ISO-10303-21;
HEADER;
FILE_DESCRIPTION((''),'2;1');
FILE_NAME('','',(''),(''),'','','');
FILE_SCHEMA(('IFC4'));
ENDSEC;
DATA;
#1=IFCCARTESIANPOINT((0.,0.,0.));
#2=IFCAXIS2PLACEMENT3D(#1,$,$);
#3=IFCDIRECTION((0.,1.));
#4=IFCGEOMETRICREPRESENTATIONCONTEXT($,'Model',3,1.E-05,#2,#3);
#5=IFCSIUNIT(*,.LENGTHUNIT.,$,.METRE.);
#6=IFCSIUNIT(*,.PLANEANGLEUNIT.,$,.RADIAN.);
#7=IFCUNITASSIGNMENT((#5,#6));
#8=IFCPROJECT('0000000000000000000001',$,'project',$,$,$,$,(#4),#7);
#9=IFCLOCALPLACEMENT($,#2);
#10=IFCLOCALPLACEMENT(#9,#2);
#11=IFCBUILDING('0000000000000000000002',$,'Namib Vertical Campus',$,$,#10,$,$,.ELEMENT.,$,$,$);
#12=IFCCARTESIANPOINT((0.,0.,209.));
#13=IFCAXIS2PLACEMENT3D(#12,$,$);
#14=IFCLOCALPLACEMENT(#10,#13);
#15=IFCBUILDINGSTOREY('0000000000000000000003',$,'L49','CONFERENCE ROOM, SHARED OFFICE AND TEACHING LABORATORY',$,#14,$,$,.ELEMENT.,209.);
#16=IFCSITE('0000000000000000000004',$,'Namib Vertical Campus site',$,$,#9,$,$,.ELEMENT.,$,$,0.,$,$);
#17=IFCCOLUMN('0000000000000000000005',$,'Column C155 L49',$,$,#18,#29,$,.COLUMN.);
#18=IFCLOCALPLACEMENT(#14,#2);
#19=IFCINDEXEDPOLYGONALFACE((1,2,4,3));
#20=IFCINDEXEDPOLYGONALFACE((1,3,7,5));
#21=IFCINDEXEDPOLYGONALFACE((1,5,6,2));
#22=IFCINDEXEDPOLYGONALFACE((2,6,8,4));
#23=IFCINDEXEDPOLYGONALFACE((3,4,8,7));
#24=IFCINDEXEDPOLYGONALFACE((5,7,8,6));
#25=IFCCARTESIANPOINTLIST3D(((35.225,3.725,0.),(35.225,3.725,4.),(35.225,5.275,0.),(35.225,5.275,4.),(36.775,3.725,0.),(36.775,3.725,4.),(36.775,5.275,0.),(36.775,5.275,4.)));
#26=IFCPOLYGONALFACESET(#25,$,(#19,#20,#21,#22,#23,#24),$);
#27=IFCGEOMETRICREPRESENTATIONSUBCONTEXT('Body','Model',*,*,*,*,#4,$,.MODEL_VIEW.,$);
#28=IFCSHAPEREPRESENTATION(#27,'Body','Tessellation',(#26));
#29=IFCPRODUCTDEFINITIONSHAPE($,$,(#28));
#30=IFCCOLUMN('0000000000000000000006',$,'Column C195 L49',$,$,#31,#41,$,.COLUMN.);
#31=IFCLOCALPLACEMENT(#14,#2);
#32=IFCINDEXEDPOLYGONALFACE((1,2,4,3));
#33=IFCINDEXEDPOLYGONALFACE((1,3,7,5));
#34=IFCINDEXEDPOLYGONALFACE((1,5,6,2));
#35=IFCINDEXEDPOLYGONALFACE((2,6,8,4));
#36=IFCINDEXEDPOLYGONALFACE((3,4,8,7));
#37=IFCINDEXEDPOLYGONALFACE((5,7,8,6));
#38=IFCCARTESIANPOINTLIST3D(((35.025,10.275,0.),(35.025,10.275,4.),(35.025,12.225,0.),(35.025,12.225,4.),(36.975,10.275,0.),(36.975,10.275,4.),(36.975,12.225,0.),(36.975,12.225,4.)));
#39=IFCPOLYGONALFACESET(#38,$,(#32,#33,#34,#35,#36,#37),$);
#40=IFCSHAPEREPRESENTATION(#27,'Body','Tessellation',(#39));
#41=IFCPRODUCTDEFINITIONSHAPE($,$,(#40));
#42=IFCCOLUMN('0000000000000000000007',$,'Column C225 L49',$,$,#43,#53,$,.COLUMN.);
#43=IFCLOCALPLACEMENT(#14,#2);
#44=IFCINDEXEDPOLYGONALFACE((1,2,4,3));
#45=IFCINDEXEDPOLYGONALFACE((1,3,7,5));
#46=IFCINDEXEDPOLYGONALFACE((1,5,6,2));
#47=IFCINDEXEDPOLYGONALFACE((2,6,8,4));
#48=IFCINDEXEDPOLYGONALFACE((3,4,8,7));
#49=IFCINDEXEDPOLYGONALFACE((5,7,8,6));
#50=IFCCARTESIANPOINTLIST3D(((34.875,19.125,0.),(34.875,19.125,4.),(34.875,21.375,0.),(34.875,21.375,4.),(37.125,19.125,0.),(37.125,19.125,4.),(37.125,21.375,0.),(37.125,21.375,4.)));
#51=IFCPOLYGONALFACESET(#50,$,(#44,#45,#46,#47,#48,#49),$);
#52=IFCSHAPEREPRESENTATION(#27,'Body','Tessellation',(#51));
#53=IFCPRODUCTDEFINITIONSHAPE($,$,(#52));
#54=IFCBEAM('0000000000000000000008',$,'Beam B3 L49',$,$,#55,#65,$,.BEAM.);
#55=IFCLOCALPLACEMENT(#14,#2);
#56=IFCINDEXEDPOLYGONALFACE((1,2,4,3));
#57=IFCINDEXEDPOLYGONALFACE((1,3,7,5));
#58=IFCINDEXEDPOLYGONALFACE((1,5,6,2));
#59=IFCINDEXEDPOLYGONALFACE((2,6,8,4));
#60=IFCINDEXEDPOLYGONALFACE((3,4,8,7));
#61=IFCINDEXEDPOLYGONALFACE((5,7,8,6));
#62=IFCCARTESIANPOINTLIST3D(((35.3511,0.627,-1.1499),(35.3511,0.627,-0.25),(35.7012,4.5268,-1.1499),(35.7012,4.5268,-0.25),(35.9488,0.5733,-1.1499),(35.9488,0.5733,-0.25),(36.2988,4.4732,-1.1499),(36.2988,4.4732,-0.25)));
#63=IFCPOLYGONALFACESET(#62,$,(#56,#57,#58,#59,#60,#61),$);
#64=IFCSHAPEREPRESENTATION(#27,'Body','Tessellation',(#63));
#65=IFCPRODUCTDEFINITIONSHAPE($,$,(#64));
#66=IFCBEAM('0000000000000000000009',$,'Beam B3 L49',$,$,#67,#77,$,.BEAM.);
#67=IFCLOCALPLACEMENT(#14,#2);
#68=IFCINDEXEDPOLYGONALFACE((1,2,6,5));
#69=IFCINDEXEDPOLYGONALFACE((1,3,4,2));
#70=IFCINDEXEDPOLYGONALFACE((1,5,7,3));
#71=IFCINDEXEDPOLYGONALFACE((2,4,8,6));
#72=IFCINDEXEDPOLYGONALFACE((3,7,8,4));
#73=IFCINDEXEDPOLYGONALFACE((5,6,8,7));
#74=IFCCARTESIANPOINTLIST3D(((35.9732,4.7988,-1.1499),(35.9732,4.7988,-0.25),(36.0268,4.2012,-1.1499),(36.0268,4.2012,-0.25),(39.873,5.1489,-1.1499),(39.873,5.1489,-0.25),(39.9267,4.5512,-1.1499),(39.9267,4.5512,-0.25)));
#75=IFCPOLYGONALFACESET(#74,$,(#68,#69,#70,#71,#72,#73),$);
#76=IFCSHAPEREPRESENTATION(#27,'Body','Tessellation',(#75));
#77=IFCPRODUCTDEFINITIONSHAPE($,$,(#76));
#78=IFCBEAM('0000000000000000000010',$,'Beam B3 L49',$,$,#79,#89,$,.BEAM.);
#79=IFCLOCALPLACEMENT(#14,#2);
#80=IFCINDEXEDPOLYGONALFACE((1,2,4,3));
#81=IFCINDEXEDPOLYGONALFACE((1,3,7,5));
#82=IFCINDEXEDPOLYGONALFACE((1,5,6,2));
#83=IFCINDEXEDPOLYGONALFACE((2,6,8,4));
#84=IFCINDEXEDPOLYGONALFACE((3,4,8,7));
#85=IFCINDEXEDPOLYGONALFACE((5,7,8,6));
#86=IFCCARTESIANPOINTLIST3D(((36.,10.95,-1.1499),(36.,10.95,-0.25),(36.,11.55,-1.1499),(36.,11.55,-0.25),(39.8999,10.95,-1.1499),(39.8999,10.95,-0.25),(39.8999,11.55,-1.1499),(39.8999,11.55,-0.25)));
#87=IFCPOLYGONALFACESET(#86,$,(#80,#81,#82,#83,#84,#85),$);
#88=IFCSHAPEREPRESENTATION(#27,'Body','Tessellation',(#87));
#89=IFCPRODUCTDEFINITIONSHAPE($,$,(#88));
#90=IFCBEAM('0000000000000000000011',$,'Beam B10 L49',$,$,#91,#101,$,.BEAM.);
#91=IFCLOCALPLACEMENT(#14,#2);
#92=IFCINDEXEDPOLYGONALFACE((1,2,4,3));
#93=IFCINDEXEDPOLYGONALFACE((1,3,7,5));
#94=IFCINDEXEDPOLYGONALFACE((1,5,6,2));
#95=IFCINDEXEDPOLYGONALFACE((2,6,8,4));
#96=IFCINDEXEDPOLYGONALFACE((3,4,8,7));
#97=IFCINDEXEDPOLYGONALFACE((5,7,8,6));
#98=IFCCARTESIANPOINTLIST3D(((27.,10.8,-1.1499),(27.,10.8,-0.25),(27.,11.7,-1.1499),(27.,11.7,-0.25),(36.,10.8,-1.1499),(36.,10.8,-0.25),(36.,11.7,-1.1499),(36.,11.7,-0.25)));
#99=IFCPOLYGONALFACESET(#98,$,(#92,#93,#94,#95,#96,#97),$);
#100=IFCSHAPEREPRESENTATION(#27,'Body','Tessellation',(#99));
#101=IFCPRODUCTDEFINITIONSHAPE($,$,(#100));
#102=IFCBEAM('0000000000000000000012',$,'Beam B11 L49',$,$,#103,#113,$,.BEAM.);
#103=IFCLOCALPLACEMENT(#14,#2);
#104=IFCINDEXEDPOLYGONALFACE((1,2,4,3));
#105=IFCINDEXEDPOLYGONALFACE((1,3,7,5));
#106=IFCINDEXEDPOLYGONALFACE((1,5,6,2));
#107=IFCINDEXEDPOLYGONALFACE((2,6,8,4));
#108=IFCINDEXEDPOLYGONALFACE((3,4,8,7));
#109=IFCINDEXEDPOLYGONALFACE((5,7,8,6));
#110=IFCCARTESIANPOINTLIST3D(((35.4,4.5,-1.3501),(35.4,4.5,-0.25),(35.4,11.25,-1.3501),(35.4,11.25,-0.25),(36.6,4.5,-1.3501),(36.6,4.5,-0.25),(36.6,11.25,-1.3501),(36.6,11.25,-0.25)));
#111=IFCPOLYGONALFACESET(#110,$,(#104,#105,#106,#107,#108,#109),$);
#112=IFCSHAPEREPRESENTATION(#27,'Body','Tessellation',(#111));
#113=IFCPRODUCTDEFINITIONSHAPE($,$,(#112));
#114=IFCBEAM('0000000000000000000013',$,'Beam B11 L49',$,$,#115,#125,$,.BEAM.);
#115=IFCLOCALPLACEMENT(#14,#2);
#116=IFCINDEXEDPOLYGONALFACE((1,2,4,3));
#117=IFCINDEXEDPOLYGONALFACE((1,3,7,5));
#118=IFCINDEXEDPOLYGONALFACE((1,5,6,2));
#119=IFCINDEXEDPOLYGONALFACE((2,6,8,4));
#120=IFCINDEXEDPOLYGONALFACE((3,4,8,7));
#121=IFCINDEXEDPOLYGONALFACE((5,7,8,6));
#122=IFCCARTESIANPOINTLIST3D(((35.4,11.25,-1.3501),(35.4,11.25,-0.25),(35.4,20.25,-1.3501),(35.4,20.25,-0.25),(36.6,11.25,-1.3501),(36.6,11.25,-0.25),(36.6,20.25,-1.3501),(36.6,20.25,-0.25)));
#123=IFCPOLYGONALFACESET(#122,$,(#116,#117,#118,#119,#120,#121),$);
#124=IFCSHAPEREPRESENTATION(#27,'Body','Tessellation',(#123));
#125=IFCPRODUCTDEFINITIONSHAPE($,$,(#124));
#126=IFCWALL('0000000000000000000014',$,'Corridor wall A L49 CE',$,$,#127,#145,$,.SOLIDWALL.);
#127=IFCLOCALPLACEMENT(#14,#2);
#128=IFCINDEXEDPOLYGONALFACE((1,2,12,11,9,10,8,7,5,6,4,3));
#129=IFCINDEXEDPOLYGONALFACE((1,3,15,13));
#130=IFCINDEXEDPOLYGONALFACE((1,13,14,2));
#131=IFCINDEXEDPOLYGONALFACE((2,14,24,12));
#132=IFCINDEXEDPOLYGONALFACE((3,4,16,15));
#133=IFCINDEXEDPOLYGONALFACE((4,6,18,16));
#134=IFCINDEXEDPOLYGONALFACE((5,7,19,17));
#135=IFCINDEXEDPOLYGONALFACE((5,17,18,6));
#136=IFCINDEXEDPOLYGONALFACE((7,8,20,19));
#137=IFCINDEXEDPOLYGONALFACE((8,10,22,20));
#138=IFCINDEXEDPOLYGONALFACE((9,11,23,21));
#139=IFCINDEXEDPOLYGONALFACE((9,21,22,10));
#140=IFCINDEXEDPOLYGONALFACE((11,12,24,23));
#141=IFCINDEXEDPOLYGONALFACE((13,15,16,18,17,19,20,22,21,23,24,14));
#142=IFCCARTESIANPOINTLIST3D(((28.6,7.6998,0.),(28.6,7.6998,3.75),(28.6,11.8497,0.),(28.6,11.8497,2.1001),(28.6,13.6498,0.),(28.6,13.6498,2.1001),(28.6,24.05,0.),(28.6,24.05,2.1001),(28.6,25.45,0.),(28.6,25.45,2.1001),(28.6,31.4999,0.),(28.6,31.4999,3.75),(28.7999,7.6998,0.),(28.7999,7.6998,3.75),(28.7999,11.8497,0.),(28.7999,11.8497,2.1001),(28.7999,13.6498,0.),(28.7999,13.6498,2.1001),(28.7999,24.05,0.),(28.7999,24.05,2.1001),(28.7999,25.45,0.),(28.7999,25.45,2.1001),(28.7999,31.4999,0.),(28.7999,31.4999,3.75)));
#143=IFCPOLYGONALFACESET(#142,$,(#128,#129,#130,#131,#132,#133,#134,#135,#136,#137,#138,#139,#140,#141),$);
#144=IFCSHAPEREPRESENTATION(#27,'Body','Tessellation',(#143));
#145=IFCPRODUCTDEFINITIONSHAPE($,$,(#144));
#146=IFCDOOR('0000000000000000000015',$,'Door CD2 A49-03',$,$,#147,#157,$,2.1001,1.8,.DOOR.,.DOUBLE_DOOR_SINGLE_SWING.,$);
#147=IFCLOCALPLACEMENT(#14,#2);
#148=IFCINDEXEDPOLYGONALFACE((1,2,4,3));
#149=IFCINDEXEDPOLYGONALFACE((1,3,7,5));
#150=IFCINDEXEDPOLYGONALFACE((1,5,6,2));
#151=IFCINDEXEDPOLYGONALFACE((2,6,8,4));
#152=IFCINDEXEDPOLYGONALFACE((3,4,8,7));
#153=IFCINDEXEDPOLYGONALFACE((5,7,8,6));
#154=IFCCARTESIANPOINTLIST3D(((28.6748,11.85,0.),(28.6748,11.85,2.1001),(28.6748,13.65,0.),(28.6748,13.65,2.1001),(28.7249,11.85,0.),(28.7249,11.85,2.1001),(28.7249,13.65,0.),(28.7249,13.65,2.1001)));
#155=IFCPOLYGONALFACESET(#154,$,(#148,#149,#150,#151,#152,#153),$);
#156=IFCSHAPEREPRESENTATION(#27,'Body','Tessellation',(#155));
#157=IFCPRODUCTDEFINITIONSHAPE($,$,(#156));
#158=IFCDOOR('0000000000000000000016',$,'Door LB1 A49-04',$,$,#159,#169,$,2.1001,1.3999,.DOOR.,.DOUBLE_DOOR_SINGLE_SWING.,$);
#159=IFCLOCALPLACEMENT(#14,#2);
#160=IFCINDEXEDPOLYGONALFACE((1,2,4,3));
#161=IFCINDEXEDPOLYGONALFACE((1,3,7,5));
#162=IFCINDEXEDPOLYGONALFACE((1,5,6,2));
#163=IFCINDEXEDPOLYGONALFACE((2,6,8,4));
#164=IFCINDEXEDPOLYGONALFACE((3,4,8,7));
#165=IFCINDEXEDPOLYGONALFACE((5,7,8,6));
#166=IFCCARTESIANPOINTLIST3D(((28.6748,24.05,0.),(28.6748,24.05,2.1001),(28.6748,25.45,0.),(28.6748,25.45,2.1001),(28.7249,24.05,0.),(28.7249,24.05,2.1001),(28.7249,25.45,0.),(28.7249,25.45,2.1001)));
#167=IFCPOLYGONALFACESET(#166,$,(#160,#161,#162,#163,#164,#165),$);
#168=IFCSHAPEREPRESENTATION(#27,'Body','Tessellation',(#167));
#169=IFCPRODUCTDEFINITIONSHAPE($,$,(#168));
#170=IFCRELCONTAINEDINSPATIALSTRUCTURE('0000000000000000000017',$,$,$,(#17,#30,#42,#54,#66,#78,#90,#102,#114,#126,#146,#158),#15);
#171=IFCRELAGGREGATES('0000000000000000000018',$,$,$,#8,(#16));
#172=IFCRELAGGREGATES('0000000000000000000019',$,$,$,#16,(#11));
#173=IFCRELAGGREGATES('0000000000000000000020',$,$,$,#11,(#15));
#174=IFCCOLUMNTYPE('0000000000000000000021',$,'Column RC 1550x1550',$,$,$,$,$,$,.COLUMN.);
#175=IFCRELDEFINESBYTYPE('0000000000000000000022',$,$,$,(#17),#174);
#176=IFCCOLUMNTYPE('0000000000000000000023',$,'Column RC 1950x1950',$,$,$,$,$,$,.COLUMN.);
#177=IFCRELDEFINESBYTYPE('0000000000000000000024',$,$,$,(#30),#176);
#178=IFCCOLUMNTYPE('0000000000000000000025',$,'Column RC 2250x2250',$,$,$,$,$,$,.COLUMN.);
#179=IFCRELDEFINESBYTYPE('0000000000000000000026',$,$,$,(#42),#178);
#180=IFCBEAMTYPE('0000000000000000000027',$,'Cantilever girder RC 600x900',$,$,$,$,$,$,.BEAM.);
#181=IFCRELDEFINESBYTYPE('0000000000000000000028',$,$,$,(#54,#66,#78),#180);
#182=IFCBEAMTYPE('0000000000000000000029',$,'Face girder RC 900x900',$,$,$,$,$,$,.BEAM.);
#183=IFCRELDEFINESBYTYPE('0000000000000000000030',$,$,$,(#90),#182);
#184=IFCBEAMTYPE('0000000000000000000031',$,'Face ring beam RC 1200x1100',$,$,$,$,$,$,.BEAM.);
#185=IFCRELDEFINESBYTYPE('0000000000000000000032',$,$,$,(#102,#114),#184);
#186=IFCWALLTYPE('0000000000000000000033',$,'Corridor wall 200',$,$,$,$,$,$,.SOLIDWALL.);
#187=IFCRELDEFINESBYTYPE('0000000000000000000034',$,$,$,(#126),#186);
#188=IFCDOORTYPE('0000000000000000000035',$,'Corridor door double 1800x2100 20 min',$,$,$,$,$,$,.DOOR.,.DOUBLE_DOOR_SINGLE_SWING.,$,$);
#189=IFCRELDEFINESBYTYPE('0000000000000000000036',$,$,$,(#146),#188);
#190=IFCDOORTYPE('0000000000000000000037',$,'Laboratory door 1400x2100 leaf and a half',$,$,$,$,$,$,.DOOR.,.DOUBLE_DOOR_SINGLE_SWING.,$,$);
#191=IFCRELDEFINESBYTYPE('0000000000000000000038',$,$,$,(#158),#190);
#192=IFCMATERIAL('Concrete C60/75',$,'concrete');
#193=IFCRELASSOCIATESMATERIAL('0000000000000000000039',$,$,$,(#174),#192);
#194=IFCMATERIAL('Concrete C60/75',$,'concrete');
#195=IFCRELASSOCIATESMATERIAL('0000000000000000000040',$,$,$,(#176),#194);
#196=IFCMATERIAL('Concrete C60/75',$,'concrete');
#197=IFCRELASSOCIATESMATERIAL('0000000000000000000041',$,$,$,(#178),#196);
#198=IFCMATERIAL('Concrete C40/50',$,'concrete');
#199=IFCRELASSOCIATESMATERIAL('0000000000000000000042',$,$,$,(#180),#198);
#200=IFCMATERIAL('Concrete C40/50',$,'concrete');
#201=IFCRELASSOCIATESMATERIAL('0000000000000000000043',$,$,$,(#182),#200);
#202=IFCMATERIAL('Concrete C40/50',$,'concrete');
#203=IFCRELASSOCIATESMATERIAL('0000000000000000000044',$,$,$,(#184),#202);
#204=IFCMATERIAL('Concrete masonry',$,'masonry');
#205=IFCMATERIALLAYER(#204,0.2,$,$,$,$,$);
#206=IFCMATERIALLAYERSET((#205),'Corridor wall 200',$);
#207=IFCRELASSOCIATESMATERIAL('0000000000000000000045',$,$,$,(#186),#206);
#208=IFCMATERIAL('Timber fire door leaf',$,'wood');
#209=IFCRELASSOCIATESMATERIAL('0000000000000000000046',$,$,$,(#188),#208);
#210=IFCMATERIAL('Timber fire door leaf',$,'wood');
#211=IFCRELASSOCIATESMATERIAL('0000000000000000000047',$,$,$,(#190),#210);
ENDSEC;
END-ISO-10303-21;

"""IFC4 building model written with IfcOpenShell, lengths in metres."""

from ifc_helpers import new_model, si_unit, direction, frame, frame_2d, origin, origin_2d, place, context, subcontext, project, spatial, rectangle, extrude, material, layer, layer_set, material_profile, profile_set, type_object, element, fill, save


model = new_model("IFC4")

# Units and contexts
model_context = context("Model", 3, precision=1e-05, world=origin(), true_north=direction((0.0, 1.0)))
body_context = subcontext(model_context, "Body", "Model", "MODEL_VIEW")
ifc_project = project(units=[si_unit("LENGTHUNIT", "METRE"), si_unit("PLANEANGLEUNIT", "RADIAN")], contexts=[model_context])

# Site, building, storey
site_placement = place(None, origin())
site = spatial("IfcSite", under=ifc_project, at=site_placement, Name="Namib Vertical Campus site", CompositionType="ELEMENT", RefElevation=0.0)
building_placement = place(site_placement, origin())
building = spatial("IfcBuilding", under=site, at=building_placement, Name="Namib Vertical Campus", CompositionType="ELEMENT")
storey_placement = place(building_placement, frame((0.0, 0.0, 209.0)))
storey = spatial("IfcBuildingStorey", under=building, at=storey_placement, Name="L49", Description="CONFERENCE ROOM, SHARED OFFICE AND TEACHING LABORATORY", CompositionType="ELEMENT", Elevation=209.0)

# Columns
ifc_material_1 = material(Name="Concrete C60/75", Category="concrete")
ifc_material_profile_1 = material_profile(ifc_material_1, rectangle(XDim=1.55, YDim=1.55, at=origin_2d()))
ifc_profile_set_1 = profile_set([ifc_material_profile_1], Name="Concrete C60/75")
column_type_1 = type_object("IfcColumnType", Name="Column RC 1550x1550", PredefinedType="COLUMN", material=ifc_profile_set_1)
column_1_placement = place(storey_placement, frame((36.0, 4.5, 0.0), z_axis=(0.0, 0.0, 1.0), x_axis=(1.0, 0.0, 0.0)))
element("IfcColumn", 1, at=column_1_placement, inside=storey, type_object=column_type_1, Name="Column C155 L49", PredefinedType="COLUMN", context=body_context, shape_type="SweptSolid", body=[
    extrude(rectangle(XDim=1.55, YDim=1.55, at=origin_2d()), origin(), (0.0, 0.0, 1.0), 4.0),
])
ifc_material_2 = material(Name="Concrete C60/75", Category="concrete")
ifc_material_profile_2 = material_profile(ifc_material_2, rectangle(XDim=1.95, YDim=1.95, at=origin_2d()))
ifc_profile_set_2 = profile_set([ifc_material_profile_2], Name="Concrete C60/75")
column_type_2 = type_object("IfcColumnType", Name="Column RC 1950x1950", PredefinedType="COLUMN", material=ifc_profile_set_2)
column_2_placement = place(storey_placement, frame((36.0, 11.25, 0.0), z_axis=(0.0, 0.0, 1.0), x_axis=(1.0, 0.0, 0.0)))
element("IfcColumn", 2, at=column_2_placement, inside=storey, type_object=column_type_2, Name="Column C195 L49", PredefinedType="COLUMN", context=body_context, shape_type="SweptSolid", body=[
    extrude(rectangle(XDim=1.95, YDim=1.95, at=origin_2d()), origin(), (0.0, 0.0, 1.0), 4.0),
])
ifc_material_3 = material(Name="Concrete C60/75", Category="concrete")
ifc_material_profile_3 = material_profile(ifc_material_3, rectangle(XDim=2.25, YDim=2.25, at=origin_2d()))
ifc_profile_set_3 = profile_set([ifc_material_profile_3], Name="Concrete C60/75")
column_type_3 = type_object("IfcColumnType", Name="Column RC 2250x2250", PredefinedType="COLUMN", material=ifc_profile_set_3)
column_3_placement = place(storey_placement, frame((36.0, 20.25, 0.0), z_axis=(0.0, 0.0, 1.0), x_axis=(1.0, 0.0, 0.0)))
element("IfcColumn", 3, at=column_3_placement, inside=storey, type_object=column_type_3, Name="Column C225 L49", PredefinedType="COLUMN", context=body_context, shape_type="SweptSolid", body=[
    extrude(rectangle(XDim=2.25, YDim=2.25, at=origin_2d()), origin(), (0.0, 0.0, 1.0), 4.0),
])

# Beams
ifc_material_4 = material(Name="Concrete C40/50", Category="concrete")
ifc_material_profile_4 = material_profile(ifc_material_4, rectangle(XDim=0.6001, YDim=0.8999, at=origin_2d()))
ifc_profile_set_4 = profile_set([ifc_material_profile_4], Name="Concrete C40/50")
beam_type_1 = type_object("IfcBeamType", Name="Cantilever girder RC 600x900", PredefinedType="BEAM", material=ifc_profile_set_4)
for number, where, z_axis, x_axis, name in (
    (4, (36.0, 4.5, -0.7), (-0.089411, -0.995995, 0.0), (0.995995, -0.089411, 0.0), "Beam B3 L49"),
    (5, (36.0, 4.5, -0.7), (0.995995, 0.089411, 0.0), (-0.089411, 0.995995, 0.0), "Beam B3 L49"),
):
    element("IfcBeam", number, at=place(storey_placement, frame(where, z_axis=z_axis, x_axis=x_axis)), inside=storey, type_object=beam_type_1, Name=name, PredefinedType="BEAM", context=body_context, shape_type="SweptSolid", body=[
        extrude(rectangle(XDim=0.6001, YDim=0.8999, at=origin_2d()), origin(), (0.0, 0.0, 1.0), 3.9155),
    ])
beam_1_placement = place(storey_placement, frame((36.0, 11.25, -0.7), z_axis=(1.0, 0.0, 0.0), x_axis=(0.0, 1.0, 0.0)))
element("IfcBeam", 6, at=beam_1_placement, inside=storey, type_object=beam_type_1, Name="Beam B3 L49", PredefinedType="BEAM", context=body_context, shape_type="SweptSolid", body=[
    extrude(rectangle(XDim=0.6001, YDim=0.8999, at=origin_2d()), origin(), (0.0, 0.0, 1.0), 3.8999),
])
ifc_material_5 = material(Name="Concrete C40/50", Category="concrete")
ifc_material_profile_5 = material_profile(ifc_material_5, rectangle(XDim=0.8999, YDim=0.8999, at=origin_2d()))
ifc_profile_set_5 = profile_set([ifc_material_profile_5], Name="Concrete C40/50")
beam_type_2 = type_object("IfcBeamType", Name="Face girder RC 900x900", PredefinedType="BEAM", material=ifc_profile_set_5)
beam_2_placement = place(storey_placement, frame((36.0, 11.25, -0.7), z_axis=(-1.0, 0.0, 0.0), x_axis=(0.0, -1.0, 0.0)))
element("IfcBeam", 7, at=beam_2_placement, inside=storey, type_object=beam_type_2, Name="Beam B10 L49", PredefinedType="BEAM", context=body_context, shape_type="SweptSolid", body=[
    extrude(rectangle(XDim=0.8999, YDim=0.8999, at=origin_2d()), origin(), (0.0, 0.0, 1.0), 9.0),
])
ifc_material_6 = material(Name="Concrete C40/50", Category="concrete")
ifc_material_profile_6 = material_profile(ifc_material_6, rectangle(XDim=1.2, YDim=1.1001, at=origin_2d()))
ifc_profile_set_6 = profile_set([ifc_material_profile_6], Name="Concrete C40/50")
beam_type_3 = type_object("IfcBeamType", Name="Face ring beam RC 1200x1100", PredefinedType="BEAM", material=ifc_profile_set_6)
beam_3_placement = place(storey_placement, frame((36.0, 4.5, -0.8), z_axis=(0.0, 1.0, 0.0), x_axis=(-1.0, 0.0, 0.0)))
element("IfcBeam", 8, at=beam_3_placement, inside=storey, type_object=beam_type_3, Name="Beam B11 L49", PredefinedType="BEAM", context=body_context, shape_type="SweptSolid", body=[
    extrude(rectangle(XDim=1.2, YDim=1.1001, at=origin_2d()), origin(), (0.0, 0.0, 1.0), 6.75),
])
beam_4_placement = place(storey_placement, frame((36.0, 11.25, -0.8), z_axis=(0.0, 1.0, 0.0), x_axis=(-1.0, 0.0, 0.0)))
element("IfcBeam", 9, at=beam_4_placement, inside=storey, type_object=beam_type_3, Name="Beam B11 L49", PredefinedType="BEAM", context=body_context, shape_type="SweptSolid", body=[
    extrude(rectangle(XDim=1.2, YDim=1.1001, at=origin_2d()), origin(), (0.0, 0.0, 1.0), 9.0),
])

# Wall, openings, doors
ifc_material_7 = material(Name="Concrete masonry", Category="masonry")
ifc_layer_1 = layer(ifc_material_7, 0.2)
ifc_layer_set_1 = layer_set([ifc_layer_1], Name="Corridor wall 200")
wall_type_1 = type_object("IfcWallType", Name="Corridor wall 200", PredefinedType="SOLIDWALL", material=ifc_layer_set_1)
wall_1_placement = place(storey_placement, frame((28.7, 7.7, 0.0), z_axis=(0.0, 0.0, 1.0), x_axis=(0.0, 1.0, 0.0)))
wall_1 = element("IfcWall", 10, at=wall_1_placement, inside=storey, type_object=wall_type_1, Name="Corridor wall A L49 CE", PredefinedType="SOLIDWALL", context=body_context, shape_type="SweptSolid", body=[
    extrude(rectangle(XDim=23.8, YDim=0.2, at=frame_2d((11.8999, 0.0))), origin(), (0.0, 0.0, 1.0), 3.75),
])
opening_1_placement = place(wall_1_placement, frame((4.1499, 0.0, 0.0)))
opening_1 = element("IfcOpeningElement", 11, at=opening_1_placement, cuts=wall_1, PredefinedType="OPENING", context=body_context, shape_type="SweptSolid", body=[
    extrude(rectangle(XDim=1.8, YDim=2.1001, at=frame_2d((0.8999, 1.05))), frame((0.0, 0.1099, 0.0), z_axis=(0.0, -1.0, 0.0), x_axis=(1.0, 0.0, 0.0)), (0.0, 0.0, 1.0), 0.22),
])
opening_2_placement = place(wall_1_placement, frame((16.3501, 0.0, 0.0)))
opening_2 = element("IfcOpeningElement", 12, at=opening_2_placement, cuts=wall_1, PredefinedType="OPENING", context=body_context, shape_type="SweptSolid", body=[
    extrude(rectangle(XDim=1.3999, YDim=2.1001, at=frame_2d((0.7, 1.05))), frame((0.0, 0.1099, 0.0), z_axis=(0.0, -1.0, 0.0), x_axis=(1.0, 0.0, 0.0)), (0.0, 0.0, 1.0), 0.22),
])
ifc_material_8 = material(Name="Timber fire door leaf", Category="wood")
door_type_1 = type_object("IfcDoorType", Name="Corridor door double 1800x2100 20 min", OperationType="DOUBLE_DOOR_SINGLE_SWING", PredefinedType="DOOR", material=ifc_material_8)
door_1_placement = place(opening_1_placement, frame((1.8, 0.0, 0.0), z_axis=(0.0, 0.0, 1.0), x_axis=(-1.0, 0.0, 0.0)))
door_1 = element("IfcDoor", 13, at=door_1_placement, inside=storey, type_object=door_type_1, Name="Door CD2 A49-03", OperationType="DOUBLE_DOOR_SINGLE_SWING", OverallHeight=2.1001, OverallWidth=1.8, PredefinedType="DOOR", context=body_context, shape_type="SweptSolid", body=[
    extrude(rectangle(XDim=1.8, YDim=2.1001, at=frame_2d((0.8999, 1.05))), frame((0.0, 0.0249, 0.0), z_axis=(0.0, -1.0, 0.0), x_axis=(1.0, 0.0, 0.0)), (0.0, 0.0, 1.0), 0.05),
])
fill(opening_1, door_1)
ifc_material_9 = material(Name="Timber fire door leaf", Category="wood")
door_type_2 = type_object("IfcDoorType", Name="Laboratory door 1400x2100 leaf and a half", OperationType="DOUBLE_DOOR_SINGLE_SWING", PredefinedType="DOOR", material=ifc_material_9)
door_2_placement = place(opening_2_placement, frame((1.3999, 0.0, 0.0), z_axis=(0.0, 0.0, 1.0), x_axis=(-1.0, 0.0, 0.0)))
door_2 = element("IfcDoor", 14, at=door_2_placement, inside=storey, type_object=door_type_2, Name="Door LB1 A49-04", OperationType="DOUBLE_DOOR_SINGLE_SWING", OverallHeight=2.1001, OverallWidth=1.3999, PredefinedType="DOOR", context=body_context, shape_type="SweptSolid", body=[
    extrude(rectangle(XDim=1.3999, YDim=2.1001, at=frame_2d((0.7, 1.05))), frame((0.0, 0.0249, 0.0), z_axis=(0.0, -1.0, 0.0), x_axis=(1.0, 0.0, 0.0)), (0.0, 0.0, 1.0), 0.05),
])
fill(opening_2, door_2)

save(model, "model.ifc")
